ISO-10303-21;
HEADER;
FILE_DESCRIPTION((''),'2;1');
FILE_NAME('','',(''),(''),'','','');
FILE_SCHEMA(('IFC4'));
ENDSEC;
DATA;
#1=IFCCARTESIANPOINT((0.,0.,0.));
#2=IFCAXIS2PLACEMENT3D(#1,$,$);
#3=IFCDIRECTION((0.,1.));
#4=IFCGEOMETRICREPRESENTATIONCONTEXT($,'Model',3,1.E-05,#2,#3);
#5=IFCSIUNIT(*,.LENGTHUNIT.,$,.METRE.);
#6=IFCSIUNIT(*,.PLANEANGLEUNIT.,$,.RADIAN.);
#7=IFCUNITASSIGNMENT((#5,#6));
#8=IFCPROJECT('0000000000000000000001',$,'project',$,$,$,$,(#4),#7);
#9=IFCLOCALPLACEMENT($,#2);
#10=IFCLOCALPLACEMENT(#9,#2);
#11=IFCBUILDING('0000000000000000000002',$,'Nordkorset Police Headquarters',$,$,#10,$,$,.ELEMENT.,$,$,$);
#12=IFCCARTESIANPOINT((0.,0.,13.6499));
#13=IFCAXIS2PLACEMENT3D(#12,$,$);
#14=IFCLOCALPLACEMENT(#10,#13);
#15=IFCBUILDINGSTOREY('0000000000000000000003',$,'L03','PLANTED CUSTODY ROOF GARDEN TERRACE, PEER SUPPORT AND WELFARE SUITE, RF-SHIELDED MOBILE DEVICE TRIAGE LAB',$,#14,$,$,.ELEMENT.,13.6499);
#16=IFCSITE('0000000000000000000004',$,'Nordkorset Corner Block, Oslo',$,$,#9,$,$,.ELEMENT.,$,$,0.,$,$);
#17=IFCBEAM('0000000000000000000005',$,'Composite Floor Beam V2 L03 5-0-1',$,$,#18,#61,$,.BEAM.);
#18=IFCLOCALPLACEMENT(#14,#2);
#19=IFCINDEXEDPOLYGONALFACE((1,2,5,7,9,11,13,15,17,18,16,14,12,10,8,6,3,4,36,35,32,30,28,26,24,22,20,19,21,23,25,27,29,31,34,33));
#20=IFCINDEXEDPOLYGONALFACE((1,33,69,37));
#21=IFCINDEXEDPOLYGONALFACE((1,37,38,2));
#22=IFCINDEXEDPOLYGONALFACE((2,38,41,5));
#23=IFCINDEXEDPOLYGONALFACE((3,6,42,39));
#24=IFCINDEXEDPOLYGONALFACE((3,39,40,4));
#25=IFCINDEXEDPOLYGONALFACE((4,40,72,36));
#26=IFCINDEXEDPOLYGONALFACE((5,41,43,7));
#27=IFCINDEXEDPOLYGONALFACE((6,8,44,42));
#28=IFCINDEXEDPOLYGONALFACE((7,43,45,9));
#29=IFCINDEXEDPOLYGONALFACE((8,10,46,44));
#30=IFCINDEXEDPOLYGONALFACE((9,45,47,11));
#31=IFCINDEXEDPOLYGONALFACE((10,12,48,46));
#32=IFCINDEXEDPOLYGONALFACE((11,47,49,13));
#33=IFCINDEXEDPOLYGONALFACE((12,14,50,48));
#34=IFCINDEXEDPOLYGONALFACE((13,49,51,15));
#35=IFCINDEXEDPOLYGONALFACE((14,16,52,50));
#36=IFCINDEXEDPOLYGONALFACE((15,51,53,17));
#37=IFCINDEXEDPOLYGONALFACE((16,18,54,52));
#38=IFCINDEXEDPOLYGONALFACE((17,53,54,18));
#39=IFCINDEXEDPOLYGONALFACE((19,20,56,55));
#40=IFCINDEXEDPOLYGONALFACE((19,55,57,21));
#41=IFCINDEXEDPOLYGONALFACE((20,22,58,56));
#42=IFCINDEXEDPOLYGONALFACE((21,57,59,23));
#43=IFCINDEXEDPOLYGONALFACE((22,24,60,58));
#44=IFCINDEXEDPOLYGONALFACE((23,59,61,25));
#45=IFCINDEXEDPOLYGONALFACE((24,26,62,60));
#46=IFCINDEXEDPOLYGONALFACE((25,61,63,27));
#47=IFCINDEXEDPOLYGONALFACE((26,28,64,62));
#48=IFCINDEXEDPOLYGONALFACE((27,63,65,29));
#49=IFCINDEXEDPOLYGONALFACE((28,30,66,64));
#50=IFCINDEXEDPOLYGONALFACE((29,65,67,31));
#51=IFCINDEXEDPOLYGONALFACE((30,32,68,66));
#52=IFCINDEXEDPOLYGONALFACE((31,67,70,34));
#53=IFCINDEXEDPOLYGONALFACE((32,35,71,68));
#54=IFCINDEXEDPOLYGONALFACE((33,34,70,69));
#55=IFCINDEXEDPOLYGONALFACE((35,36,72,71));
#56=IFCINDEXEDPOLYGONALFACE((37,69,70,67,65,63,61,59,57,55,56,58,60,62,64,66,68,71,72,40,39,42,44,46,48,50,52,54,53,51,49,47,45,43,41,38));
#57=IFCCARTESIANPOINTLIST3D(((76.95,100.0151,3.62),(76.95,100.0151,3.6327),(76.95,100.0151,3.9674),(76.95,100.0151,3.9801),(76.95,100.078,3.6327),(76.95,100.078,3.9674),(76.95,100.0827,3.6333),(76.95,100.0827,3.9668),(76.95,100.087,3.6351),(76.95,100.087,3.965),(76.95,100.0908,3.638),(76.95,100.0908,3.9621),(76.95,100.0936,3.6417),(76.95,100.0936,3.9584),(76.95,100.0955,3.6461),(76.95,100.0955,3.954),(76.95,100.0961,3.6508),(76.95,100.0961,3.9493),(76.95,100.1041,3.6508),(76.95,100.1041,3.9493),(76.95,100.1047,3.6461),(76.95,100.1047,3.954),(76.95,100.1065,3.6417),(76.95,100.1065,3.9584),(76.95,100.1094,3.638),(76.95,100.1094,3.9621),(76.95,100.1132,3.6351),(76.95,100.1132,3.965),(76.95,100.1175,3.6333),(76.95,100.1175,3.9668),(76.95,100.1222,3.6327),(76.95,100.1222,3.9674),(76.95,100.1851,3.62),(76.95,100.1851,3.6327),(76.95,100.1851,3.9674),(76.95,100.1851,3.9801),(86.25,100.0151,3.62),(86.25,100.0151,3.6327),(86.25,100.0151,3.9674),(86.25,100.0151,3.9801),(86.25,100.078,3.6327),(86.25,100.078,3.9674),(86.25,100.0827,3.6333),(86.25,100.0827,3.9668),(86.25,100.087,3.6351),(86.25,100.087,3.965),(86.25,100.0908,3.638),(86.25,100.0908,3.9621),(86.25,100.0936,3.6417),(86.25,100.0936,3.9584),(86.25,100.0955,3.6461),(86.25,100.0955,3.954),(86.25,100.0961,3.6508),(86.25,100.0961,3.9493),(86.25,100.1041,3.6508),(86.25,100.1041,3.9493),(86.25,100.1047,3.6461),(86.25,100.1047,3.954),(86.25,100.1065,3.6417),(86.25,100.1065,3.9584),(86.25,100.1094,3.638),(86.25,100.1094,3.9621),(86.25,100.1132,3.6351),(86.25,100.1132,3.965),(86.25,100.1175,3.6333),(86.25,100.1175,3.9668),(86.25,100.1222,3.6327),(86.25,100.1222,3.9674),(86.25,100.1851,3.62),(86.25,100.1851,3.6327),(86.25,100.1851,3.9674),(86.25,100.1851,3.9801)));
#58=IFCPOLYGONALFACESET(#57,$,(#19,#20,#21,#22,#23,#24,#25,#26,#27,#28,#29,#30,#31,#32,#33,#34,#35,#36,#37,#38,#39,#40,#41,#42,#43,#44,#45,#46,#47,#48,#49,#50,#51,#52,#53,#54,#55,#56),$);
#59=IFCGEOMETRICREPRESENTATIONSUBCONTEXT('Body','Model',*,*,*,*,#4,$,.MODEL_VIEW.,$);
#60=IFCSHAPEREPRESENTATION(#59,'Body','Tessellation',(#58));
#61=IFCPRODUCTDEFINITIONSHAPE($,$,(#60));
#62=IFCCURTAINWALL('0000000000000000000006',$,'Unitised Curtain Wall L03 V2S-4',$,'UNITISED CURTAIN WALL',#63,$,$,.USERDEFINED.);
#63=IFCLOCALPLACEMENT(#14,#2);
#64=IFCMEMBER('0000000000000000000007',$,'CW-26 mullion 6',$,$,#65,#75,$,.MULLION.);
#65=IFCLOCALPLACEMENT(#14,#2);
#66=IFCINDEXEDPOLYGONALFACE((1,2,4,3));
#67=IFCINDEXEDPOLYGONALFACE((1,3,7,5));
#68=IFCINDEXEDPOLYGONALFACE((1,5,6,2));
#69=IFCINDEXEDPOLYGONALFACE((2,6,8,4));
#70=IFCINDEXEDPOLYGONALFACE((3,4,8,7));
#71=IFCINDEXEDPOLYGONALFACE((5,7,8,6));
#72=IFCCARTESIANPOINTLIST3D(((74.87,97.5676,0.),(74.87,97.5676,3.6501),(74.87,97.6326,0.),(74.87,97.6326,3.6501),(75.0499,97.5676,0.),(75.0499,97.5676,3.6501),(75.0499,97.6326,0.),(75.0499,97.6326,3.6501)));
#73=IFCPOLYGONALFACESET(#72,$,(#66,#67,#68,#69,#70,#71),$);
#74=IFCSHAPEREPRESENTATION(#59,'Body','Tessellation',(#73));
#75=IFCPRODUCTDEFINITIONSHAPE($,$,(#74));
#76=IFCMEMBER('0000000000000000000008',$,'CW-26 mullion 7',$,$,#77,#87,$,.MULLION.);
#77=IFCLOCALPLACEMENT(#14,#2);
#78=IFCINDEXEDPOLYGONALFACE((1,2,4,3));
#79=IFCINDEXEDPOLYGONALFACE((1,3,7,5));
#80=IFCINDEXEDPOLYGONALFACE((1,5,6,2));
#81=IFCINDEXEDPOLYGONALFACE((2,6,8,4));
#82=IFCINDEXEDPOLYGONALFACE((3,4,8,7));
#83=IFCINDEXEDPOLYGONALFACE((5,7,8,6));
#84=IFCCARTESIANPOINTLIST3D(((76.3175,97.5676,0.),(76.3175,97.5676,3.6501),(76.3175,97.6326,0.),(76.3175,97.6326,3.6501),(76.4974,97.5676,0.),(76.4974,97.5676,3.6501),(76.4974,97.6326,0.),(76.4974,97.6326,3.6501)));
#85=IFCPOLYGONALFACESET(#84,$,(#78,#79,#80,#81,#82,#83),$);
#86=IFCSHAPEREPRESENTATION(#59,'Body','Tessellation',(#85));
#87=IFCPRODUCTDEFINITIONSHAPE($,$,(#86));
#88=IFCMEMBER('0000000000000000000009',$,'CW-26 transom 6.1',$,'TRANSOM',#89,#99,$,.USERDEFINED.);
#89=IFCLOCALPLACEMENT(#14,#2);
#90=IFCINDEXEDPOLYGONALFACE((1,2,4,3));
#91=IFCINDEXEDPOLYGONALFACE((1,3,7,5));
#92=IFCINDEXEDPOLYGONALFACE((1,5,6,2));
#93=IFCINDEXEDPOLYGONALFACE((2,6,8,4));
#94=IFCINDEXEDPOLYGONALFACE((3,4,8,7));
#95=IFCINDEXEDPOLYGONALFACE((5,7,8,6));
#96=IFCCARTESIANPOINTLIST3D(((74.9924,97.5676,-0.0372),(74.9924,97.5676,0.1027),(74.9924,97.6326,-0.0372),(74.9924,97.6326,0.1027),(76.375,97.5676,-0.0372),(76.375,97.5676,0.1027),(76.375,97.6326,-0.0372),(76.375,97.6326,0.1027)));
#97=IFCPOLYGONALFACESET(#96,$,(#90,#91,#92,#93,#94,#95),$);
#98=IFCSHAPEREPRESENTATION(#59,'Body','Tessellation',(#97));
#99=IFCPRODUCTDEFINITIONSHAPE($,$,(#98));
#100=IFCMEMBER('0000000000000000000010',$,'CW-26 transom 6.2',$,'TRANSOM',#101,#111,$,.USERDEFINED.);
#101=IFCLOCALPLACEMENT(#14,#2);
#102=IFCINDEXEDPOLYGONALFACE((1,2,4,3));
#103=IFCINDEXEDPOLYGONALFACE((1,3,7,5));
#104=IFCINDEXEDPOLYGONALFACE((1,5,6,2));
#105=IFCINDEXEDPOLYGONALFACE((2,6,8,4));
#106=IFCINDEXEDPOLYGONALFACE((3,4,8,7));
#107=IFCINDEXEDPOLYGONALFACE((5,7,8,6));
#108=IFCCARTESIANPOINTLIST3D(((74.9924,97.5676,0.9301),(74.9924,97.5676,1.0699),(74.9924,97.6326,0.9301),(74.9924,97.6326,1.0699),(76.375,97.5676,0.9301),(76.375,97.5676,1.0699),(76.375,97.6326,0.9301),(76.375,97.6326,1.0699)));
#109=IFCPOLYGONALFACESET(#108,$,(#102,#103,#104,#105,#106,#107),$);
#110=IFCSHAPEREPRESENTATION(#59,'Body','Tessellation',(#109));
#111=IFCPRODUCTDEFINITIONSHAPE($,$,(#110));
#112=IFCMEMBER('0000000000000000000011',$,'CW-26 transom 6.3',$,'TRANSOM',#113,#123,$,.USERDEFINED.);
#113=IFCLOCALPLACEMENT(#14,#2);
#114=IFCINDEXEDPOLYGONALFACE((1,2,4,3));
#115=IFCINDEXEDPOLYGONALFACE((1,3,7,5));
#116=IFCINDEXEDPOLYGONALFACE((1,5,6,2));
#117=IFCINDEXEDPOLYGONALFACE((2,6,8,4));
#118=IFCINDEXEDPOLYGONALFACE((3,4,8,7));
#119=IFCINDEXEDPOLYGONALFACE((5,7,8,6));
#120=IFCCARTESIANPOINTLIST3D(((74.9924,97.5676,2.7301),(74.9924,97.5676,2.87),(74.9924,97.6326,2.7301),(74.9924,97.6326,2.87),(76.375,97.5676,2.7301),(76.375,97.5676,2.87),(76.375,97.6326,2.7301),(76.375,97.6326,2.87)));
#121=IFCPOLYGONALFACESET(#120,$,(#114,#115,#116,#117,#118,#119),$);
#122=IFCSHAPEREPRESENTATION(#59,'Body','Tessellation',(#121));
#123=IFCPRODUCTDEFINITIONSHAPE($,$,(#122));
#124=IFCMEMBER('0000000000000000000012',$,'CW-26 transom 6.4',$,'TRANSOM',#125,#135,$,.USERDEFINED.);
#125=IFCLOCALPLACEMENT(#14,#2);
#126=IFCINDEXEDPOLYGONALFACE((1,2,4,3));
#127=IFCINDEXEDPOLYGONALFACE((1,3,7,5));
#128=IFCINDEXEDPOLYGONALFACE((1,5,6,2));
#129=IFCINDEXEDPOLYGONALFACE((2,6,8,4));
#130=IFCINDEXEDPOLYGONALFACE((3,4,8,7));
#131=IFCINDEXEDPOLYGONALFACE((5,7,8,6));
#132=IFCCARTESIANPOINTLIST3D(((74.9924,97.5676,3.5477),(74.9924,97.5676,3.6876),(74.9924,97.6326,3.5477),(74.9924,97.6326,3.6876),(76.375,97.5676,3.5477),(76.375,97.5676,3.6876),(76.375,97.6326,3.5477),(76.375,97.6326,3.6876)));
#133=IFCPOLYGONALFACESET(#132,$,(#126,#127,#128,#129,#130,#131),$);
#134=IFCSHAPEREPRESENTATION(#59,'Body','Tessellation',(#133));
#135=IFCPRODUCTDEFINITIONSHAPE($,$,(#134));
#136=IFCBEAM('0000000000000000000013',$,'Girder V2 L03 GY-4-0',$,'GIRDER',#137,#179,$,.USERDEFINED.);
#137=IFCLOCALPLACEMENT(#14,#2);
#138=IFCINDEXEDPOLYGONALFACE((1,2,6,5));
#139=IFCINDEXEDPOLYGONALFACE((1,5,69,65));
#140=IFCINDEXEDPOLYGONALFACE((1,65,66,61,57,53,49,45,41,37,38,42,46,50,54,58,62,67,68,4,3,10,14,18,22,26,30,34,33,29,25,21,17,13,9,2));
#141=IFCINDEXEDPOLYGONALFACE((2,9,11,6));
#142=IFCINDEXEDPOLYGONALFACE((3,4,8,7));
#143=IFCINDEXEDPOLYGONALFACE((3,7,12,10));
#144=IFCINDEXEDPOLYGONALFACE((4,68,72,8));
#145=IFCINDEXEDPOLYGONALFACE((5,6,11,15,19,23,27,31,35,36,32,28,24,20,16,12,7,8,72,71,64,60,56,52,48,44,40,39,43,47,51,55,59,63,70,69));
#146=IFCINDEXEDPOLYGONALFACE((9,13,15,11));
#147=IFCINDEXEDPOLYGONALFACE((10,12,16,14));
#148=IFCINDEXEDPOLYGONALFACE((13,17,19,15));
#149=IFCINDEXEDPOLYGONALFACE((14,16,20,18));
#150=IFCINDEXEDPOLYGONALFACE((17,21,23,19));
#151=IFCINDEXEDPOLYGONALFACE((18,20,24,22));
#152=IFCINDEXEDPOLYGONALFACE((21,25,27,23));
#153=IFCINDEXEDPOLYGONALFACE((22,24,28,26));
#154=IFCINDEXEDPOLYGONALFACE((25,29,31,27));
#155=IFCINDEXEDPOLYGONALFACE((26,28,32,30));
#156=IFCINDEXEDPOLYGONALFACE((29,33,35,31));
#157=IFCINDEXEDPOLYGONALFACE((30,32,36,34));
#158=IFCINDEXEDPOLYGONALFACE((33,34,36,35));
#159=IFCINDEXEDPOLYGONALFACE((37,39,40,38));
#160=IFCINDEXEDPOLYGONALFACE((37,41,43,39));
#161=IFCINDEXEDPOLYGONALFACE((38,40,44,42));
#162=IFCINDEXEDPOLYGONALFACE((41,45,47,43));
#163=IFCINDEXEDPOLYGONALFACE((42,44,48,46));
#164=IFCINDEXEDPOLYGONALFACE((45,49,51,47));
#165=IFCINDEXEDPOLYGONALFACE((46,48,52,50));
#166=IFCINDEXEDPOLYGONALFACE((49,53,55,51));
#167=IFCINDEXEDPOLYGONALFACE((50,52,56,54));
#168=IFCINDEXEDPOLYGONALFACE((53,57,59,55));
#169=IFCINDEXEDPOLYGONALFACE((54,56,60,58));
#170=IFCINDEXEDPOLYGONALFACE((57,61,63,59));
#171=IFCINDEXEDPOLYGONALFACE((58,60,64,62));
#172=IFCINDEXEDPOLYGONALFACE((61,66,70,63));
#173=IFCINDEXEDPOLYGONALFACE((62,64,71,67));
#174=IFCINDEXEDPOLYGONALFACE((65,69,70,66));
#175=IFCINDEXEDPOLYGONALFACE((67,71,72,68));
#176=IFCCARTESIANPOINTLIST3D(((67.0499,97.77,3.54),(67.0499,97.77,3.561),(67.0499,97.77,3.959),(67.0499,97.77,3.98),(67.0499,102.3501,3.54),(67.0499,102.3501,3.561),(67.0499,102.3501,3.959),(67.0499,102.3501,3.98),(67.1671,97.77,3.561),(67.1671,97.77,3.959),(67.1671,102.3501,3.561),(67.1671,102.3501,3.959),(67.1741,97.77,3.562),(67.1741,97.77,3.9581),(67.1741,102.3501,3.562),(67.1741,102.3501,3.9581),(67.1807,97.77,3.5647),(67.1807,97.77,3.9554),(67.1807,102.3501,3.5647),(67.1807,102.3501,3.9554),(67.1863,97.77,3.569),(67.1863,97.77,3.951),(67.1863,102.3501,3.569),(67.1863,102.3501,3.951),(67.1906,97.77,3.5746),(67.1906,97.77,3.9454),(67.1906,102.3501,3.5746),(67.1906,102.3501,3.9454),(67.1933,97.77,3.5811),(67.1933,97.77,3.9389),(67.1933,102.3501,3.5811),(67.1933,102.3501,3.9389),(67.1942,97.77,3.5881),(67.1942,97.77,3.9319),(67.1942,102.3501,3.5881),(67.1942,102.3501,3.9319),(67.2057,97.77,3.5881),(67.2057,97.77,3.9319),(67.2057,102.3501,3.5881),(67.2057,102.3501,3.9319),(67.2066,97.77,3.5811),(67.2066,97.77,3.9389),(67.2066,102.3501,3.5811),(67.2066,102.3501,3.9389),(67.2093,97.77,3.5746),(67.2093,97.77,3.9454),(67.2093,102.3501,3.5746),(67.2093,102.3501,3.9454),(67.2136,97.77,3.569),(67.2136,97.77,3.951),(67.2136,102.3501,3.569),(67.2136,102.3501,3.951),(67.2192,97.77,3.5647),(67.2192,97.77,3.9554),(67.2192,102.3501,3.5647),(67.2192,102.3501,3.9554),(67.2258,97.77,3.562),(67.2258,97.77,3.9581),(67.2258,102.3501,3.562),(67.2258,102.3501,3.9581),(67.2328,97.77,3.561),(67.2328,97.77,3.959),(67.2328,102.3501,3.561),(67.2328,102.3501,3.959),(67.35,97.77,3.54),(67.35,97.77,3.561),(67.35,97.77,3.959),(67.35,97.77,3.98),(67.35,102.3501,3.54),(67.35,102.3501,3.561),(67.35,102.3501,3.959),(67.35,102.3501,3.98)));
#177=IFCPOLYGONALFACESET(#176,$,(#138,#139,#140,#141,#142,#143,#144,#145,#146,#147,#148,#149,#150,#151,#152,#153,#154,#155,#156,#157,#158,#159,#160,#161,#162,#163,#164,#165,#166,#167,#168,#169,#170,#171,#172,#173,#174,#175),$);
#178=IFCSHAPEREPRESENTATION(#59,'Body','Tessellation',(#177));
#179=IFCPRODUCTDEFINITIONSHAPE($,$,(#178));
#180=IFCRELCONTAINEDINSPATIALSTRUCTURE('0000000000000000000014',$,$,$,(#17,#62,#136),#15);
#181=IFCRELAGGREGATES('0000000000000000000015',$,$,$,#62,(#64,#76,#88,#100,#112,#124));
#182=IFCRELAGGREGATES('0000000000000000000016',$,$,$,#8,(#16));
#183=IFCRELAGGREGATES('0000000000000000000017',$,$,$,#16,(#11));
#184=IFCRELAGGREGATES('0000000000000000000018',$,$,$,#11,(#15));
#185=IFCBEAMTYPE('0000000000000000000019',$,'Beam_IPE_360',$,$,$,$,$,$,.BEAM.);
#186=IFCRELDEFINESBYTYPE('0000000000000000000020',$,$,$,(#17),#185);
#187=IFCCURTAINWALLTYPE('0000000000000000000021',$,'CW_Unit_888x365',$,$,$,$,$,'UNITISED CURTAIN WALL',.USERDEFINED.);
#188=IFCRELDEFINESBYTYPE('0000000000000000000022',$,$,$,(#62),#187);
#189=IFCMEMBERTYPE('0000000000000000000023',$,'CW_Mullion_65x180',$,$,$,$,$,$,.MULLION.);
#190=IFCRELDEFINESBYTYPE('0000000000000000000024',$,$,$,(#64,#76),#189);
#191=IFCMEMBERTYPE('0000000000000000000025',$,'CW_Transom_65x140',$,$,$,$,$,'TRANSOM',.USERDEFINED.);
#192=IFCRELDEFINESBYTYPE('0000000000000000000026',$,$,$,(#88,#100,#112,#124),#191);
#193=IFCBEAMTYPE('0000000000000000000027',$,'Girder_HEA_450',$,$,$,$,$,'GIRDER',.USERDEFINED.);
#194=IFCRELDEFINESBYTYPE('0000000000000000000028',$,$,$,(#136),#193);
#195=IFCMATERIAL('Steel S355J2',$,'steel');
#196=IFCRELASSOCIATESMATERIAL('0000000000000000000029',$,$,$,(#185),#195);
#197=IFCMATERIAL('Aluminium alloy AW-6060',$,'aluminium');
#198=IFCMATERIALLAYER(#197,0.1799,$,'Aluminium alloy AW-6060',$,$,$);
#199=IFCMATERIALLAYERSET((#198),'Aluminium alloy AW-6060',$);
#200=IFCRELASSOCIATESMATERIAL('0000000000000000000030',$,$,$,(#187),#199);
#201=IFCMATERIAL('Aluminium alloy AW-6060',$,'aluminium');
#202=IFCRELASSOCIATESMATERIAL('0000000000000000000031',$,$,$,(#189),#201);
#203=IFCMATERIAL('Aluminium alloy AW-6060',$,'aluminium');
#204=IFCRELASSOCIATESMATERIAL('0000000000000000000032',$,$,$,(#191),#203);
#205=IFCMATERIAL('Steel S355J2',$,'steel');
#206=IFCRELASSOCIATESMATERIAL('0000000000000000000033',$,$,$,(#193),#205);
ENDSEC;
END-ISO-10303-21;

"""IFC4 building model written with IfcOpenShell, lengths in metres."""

from ifc_helpers import new_model, si_unit, direction, frame, origin, origin_2d, place, context, subcontext, project, spatial, rectangle, i_section, extrude, material, layer, layer_set, material_profile, profile_set, type_object, element, aggregate, save


model = new_model("IFC4")

# Units and contexts
model_context = context("Model", 3, precision=1e-05, world=origin(), true_north=direction((0.0, 1.0)))
body_context = subcontext(model_context, "Body", "Model", "MODEL_VIEW")
ifc_project = project(units=[si_unit("LENGTHUNIT", "METRE"), si_unit("PLANEANGLEUNIT", "RADIAN")], contexts=[model_context])

# Site, building, storey
site_placement = place(None, origin())
site = spatial("IfcSite", under=ifc_project, at=site_placement, Name="Nordkorset Corner Block, Oslo", CompositionType="ELEMENT", RefElevation=0.0)
building_placement = place(site_placement, origin())
building = spatial("IfcBuilding", under=site, at=building_placement, Name="Nordkorset Police Headquarters", CompositionType="ELEMENT")
storey_placement = place(building_placement, frame((0.0, 0.0, 13.6499)))
storey = spatial("IfcBuildingStorey", under=building, at=storey_placement, Name="L03", Description="PLANTED CUSTODY ROOF GARDEN TERRACE, PEER SUPPORT AND WELFARE SUITE, RF-SHIELDED MOBILE DEVICE TRIAGE LAB", CompositionType="ELEMENT", Elevation=13.6499)

# Beam
ifc_material_1 = material(Name="Steel S355J2", Category="steel")
ifc_material_profile_1 = material_profile(ifc_material_1, i_section(OverallWidth=0.1699, OverallDepth=0.3601, WebThickness=0.0081, FlangeThickness=0.0127, FilletRadius=0.0181, at=origin_2d()), Name="IPE 360")
ifc_profile_set_1 = profile_set([ifc_material_profile_1], Name="Steel S355J2")
beam_type_1 = type_object("IfcBeamType", Name="Beam_IPE_360", PredefinedType="BEAM", material=ifc_profile_set_1)
beam_1_placement = place(storey_placement, frame((76.95, 100.1001, 3.8), z_axis=(1.0, 0.0, 0.0), x_axis=(0.0, 1.0, 0.0)))
element("IfcBeam", 1, at=beam_1_placement, inside=storey, type_object=beam_type_1, Name="Composite Floor Beam V2 L03 5-0-1", PredefinedType="BEAM", context=body_context, shape_type="SweptSolid", body=[
    extrude(i_section(OverallWidth=0.1699, OverallDepth=0.3601, WebThickness=0.0081, FlangeThickness=0.0127, FilletRadius=0.0181, at=origin_2d()), origin(), (0.0, 0.0, 1.0), 9.3),
])

# Curtain wall, members
ifc_material_2 = material(Name="Aluminium alloy AW-6060", Category="aluminium")
ifc_layer_1 = layer(ifc_material_2, 0.1799, Name="Aluminium alloy AW-6060")
ifc_layer_set_1 = layer_set([ifc_layer_1], Name="Aluminium alloy AW-6060")
curtain_wall_type = type_object("IfcCurtainWallType", Name="CW_Unit_888x365", ElementType="UNITISED CURTAIN WALL", PredefinedType="USERDEFINED", material=ifc_layer_set_1)
curtain_wall_placement = place(storey_placement, origin())
curtain_wall = element("IfcCurtainWall", 2, at=curtain_wall_placement, inside=storey, type_object=curtain_wall_type, Name="Unitised Curtain Wall L03 V2S-4", ObjectType="UNITISED CURTAIN WALL", PredefinedType="USERDEFINED")
ifc_material_3 = material(Name="Aluminium alloy AW-6060", Category="aluminium")
ifc_material_profile_2 = material_profile(ifc_material_3, rectangle(XDim=0.0649, YDim=0.1799, at=origin_2d()), Name="ALU MULL 65x180")
ifc_profile_set_2 = profile_set([ifc_material_profile_2], Name="Aluminium alloy AW-6060")
member_type_1 = type_object("IfcMemberType", Name="CW_Mullion_65x180", PredefinedType="MULLION", material=ifc_profile_set_2)
member_1_placement = place(storey_placement, frame((74.96, 97.6001, 0.0), z_axis=(0.0, 0.0, 1.0), x_axis=(0.0, 1.0, 0.0)))
member_1 = element("IfcMember", 3, at=member_1_placement, type_object=member_type_1, Name="CW-26 mullion 6", PredefinedType="MULLION", context=body_context, shape_type="SweptSolid", body=[
    extrude(rectangle(XDim=0.0649, YDim=0.1799, at=origin_2d()), origin(), (0.0, 0.0, 1.0), 3.6501),
])
member_2_placement = place(storey_placement, frame((76.4075, 97.6001, 0.0), z_axis=(0.0, 0.0, 1.0), x_axis=(0.0, 1.0, 0.0)))
member_2 = element("IfcMember", 4, at=member_2_placement, type_object=member_type_1, Name="CW-26 mullion 7", PredefinedType="MULLION", context=body_context, shape_type="SweptSolid", body=[
    extrude(rectangle(XDim=0.0649, YDim=0.1799, at=origin_2d()), origin(), (0.0, 0.0, 1.0), 3.6501),
])
ifc_material_4 = material(Name="Aluminium alloy AW-6060", Category="aluminium")
ifc_material_profile_3 = material_profile(ifc_material_4, rectangle(XDim=0.0649, YDim=0.1399, at=origin_2d()), Name="ALU TRAN 65x140")
ifc_profile_set_3 = profile_set([ifc_material_profile_3], Name="Aluminium alloy AW-6060")
member_type_2 = type_object("IfcMemberType", Name="CW_Transom_65x140", ElementType="TRANSOM", PredefinedType="USERDEFINED", material=ifc_profile_set_3)
member_3_placement = place(storey_placement, frame((74.9924, 97.6001, 0.0327), z_axis=(1.0, 0.0, 0.0), x_axis=(0.0, 1.0, 0.0)))
member_3 = element("IfcMember", 5, at=member_3_placement, type_object=member_type_2, Name="CW-26 transom 6.1", ObjectType="TRANSOM", PredefinedType="USERDEFINED", context=body_context, shape_type="SweptSolid", body=[
    extrude(rectangle(XDim=0.0649, YDim=0.1399, at=origin_2d()), origin(), (0.0, 0.0, 1.0), 1.3826),
])
member_4_placement = place(storey_placement, frame((74.9924, 97.6001, 1.0), z_axis=(1.0, 0.0, 0.0), x_axis=(0.0, 1.0, 0.0)))
member_4 = element("IfcMember", 6, at=member_4_placement, type_object=member_type_2, Name="CW-26 transom 6.2", ObjectType="TRANSOM", PredefinedType="USERDEFINED", context=body_context, shape_type="SweptSolid", body=[
    extrude(rectangle(XDim=0.0649, YDim=0.1399, at=origin_2d()), origin(), (0.0, 0.0, 1.0), 1.3826),
])
member_5_placement = place(storey_placement, frame((74.9924, 97.6001, 2.8), z_axis=(1.0, 0.0, 0.0), x_axis=(0.0, 1.0, 0.0)))
member_5 = element("IfcMember", 7, at=member_5_placement, type_object=member_type_2, Name="CW-26 transom 6.3", ObjectType="TRANSOM", PredefinedType="USERDEFINED", context=body_context, shape_type="SweptSolid", body=[
    extrude(rectangle(XDim=0.0649, YDim=0.1399, at=origin_2d()), origin(), (0.0, 0.0, 1.0), 1.3826),
])
member_6_placement = place(storey_placement, frame((74.9924, 97.6001, 3.6177), z_axis=(1.0, 0.0, 0.0), x_axis=(0.0, 1.0, 0.0)))
member_6 = element("IfcMember", 8, at=member_6_placement, type_object=member_type_2, Name="CW-26 transom 6.4", ObjectType="TRANSOM", PredefinedType="USERDEFINED", context=body_context, shape_type="SweptSolid", body=[
    extrude(rectangle(XDim=0.0649, YDim=0.1399, at=origin_2d()), origin(), (0.0, 0.0, 1.0), 1.3826),
])

# Beam
ifc_material_5 = material(Name="Steel S355J2", Category="steel")
ifc_material_profile_4 = material_profile(ifc_material_5, i_section(OverallWidth=0.3, OverallDepth=0.4399, WebThickness=0.0115, FlangeThickness=0.021, FilletRadius=0.0271, at=origin_2d()), Name="HEA 450")
ifc_profile_set_4 = profile_set([ifc_material_profile_4], Name="Steel S355J2")
beam_type_2 = type_object("IfcBeamType", Name="Girder_HEA_450", ElementType="GIRDER", PredefinedType="USERDEFINED", material=ifc_profile_set_4)
beam_2_placement = place(storey_placement, frame((67.2, 97.77, 3.76), z_axis=(0.0, 1.0, 0.0), x_axis=(-1.0, 0.0, 0.0)))
element("IfcBeam", 9, at=beam_2_placement, inside=storey, type_object=beam_type_2, Name="Girder V2 L03 GY-4-0", ObjectType="GIRDER", PredefinedType="USERDEFINED", context=body_context, shape_type="SweptSolid", body=[
    extrude(i_section(OverallWidth=0.3, OverallDepth=0.4399, WebThickness=0.0115, FlangeThickness=0.021, FilletRadius=0.0271, at=origin_2d()), origin(), (0.0, 0.0, 1.0), 4.5801),
])

aggregate(curtain_wall, [member_1, member_2, member_3, member_4, member_5, member_6])

save(model, "model.ifc")
